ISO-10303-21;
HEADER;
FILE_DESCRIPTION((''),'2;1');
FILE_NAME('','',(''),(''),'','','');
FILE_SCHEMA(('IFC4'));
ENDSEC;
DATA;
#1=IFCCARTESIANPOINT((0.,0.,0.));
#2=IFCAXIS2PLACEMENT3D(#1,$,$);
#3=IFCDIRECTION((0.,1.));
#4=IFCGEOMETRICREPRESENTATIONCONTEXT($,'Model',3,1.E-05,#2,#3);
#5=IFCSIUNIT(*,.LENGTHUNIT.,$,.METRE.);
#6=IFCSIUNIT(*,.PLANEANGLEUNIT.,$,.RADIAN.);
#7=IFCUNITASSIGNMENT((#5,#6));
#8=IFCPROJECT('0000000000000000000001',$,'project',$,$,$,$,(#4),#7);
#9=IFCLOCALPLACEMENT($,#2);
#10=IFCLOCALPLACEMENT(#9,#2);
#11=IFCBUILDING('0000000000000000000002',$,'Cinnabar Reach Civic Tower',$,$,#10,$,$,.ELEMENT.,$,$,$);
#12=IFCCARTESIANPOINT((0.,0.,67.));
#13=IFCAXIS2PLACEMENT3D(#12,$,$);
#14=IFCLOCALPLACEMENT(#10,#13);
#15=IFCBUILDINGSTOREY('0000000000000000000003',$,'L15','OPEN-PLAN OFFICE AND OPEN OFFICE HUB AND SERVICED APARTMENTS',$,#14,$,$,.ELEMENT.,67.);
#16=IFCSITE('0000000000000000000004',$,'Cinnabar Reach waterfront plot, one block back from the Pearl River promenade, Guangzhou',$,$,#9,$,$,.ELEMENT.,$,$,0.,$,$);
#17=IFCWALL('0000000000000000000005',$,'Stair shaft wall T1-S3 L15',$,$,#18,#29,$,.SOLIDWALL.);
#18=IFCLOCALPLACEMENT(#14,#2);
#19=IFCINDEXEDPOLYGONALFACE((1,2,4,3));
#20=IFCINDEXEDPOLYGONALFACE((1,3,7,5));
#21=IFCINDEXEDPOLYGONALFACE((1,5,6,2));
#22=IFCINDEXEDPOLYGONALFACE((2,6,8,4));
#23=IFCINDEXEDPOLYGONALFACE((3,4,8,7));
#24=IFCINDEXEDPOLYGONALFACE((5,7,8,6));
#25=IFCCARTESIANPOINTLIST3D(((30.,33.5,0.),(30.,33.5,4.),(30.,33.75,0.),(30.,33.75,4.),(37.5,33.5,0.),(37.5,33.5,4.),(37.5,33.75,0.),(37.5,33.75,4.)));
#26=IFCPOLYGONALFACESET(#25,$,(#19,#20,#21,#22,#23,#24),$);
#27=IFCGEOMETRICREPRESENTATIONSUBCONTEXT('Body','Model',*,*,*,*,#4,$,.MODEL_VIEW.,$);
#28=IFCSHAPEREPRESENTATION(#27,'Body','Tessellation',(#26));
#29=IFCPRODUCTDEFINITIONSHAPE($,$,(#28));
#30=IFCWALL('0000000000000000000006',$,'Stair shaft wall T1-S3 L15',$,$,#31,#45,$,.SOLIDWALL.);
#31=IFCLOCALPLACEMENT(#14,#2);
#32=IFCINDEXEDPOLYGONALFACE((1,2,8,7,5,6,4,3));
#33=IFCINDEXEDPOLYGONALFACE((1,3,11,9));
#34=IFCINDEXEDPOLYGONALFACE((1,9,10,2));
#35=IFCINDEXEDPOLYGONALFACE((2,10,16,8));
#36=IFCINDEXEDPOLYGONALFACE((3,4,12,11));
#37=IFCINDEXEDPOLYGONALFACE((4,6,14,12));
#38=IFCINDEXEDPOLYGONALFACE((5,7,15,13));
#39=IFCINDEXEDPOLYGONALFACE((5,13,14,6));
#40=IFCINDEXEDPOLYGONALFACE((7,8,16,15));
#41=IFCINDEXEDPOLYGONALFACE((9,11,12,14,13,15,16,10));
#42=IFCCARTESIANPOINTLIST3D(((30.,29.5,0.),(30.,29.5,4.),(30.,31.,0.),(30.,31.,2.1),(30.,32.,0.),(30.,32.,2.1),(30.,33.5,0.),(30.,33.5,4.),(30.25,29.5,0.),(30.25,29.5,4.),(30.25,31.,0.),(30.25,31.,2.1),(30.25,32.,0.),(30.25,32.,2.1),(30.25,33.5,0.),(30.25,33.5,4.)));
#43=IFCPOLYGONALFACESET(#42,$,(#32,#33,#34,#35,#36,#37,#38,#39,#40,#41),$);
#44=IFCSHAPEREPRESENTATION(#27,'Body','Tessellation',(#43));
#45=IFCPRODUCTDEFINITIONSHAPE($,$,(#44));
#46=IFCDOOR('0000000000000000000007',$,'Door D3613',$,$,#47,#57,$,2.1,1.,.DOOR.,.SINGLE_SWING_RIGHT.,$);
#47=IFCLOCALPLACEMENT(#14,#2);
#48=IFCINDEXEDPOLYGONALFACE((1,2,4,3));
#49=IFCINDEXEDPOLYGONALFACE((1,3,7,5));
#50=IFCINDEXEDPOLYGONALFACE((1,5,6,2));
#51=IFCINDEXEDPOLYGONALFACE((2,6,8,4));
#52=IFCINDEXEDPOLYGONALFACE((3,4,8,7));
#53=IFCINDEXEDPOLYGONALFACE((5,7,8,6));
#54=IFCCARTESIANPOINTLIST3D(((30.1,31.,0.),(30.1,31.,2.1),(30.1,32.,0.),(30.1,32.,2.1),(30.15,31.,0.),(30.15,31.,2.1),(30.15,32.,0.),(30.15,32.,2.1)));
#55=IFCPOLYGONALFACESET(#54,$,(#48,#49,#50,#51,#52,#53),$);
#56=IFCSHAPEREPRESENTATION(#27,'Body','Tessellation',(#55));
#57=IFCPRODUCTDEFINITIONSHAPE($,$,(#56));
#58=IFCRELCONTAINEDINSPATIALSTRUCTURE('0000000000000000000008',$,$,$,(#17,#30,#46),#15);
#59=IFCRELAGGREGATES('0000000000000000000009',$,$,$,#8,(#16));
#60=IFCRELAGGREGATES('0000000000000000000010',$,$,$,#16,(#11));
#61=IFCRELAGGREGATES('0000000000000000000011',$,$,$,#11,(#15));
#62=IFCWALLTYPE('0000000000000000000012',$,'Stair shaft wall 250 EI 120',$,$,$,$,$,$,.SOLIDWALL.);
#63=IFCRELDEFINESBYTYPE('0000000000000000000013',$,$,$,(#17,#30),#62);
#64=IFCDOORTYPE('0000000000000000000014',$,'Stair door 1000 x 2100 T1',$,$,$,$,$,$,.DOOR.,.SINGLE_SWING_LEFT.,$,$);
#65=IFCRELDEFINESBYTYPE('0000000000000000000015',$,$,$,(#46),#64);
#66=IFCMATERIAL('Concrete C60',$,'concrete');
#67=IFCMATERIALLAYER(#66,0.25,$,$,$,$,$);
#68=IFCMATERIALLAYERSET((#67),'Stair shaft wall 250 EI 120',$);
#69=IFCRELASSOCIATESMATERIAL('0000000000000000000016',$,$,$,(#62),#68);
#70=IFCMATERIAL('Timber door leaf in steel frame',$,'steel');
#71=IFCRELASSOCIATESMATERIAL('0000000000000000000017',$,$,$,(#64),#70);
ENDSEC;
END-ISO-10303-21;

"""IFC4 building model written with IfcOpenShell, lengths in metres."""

from ifc_helpers import new_model, si_unit, direction, frame, frame_2d, origin, place, context, subcontext, project, spatial, rectangle, extrude, material, layer, layer_set, type_object, element, fill, save


model = new_model("IFC4")

# Units and contexts
model_context = context("Model", 3, precision=1e-05, world=origin(), true_north=direction((0.0, 1.0)))
body_context = subcontext(model_context, "Body", "Model", "MODEL_VIEW")
ifc_project = project(units=[si_unit("LENGTHUNIT", "METRE"), si_unit("PLANEANGLEUNIT", "RADIAN")], contexts=[model_context])

# Site, building, storey
site_placement = place(None, origin())
site = spatial("IfcSite", under=ifc_project, at=site_placement, Name="Cinnabar Reach waterfront plot, one block back from the Pearl River promenade, Guangzhou", CompositionType="ELEMENT", RefElevation=0.0)
building_placement = place(site_placement, origin())
building = spatial("IfcBuilding", under=site, at=building_placement, Name="Cinnabar Reach Civic Tower", CompositionType="ELEMENT")
storey_placement = place(building_placement, frame((0.0, 0.0, 67.0)))
storey = spatial("IfcBuildingStorey", under=building, at=storey_placement, Name="L15", Description="OPEN-PLAN OFFICE AND OPEN OFFICE HUB AND SERVICED APARTMENTS", CompositionType="ELEMENT", Elevation=67.0)

# Shared definitions
ifc_material_1 = material(Name="Timber door leaf in steel frame", Category="steel")

# Wall
ifc_material_2 = material(Name="Concrete C60", Category="concrete")
ifc_layer_1 = layer(ifc_material_2, 0.25)
ifc_layer_set_1 = layer_set([ifc_layer_1], Name="Stair shaft wall 250 EI 120")
wall_type_1 = type_object("IfcWallType", Name="Stair shaft wall 250 EI 120", PredefinedType="SOLIDWALL", material=ifc_layer_set_1)
wall_1_placement = place(storey_placement, frame((37.5, 33.625, 0.0), z_axis=(0.0, 0.0, 1.0), x_axis=(-1.0, 0.0, 0.0)))
element("IfcWall", 1, at=wall_1_placement, inside=storey, type_object=wall_type_1, Name="Stair shaft wall T1-S3 L15", PredefinedType="SOLIDWALL", context=body_context, shape_type="SweptSolid", body=[
    extrude(rectangle(XDim=7.5, YDim=0.25, at=frame_2d((3.75, 0.0))), origin(), (0.0, 0.0, 1.0), 4.0),
])

# Wall, opening, door
wall_2_placement = place(storey_placement, frame((30.125, 33.5, 0.0), z_axis=(0.0, 0.0, 1.0), x_axis=(0.0, -1.0, 0.0)))
wall_2 = element("IfcWall", 2, at=wall_2_placement, inside=storey, type_object=wall_type_1, Name="Stair shaft wall T1-S3 L15", PredefinedType="SOLIDWALL", context=body_context, shape_type="SweptSolid", body=[
    extrude(rectangle(XDim=4.0, YDim=0.25, at=frame_2d((2.0, 0.0))), origin(), (0.0, 0.0, 1.0), 4.0),
])
opening_1_placement = place(wall_2_placement, frame((1.5, 0.0, 0.0)))
opening_1 = element("IfcOpeningElement", 3, at=opening_1_placement, cuts=wall_2, PredefinedType="OPENING", context=body_context, shape_type="SweptSolid", body=[
    extrude(rectangle(XDim=1.0, YDim=2.1, at=frame_2d((0.5, 1.05))), frame((0.0, 0.135, 0.0), z_axis=(0.0, -1.0, 0.0), x_axis=(1.0, 0.0, 0.0)), (0.0, 0.0, 1.0), 0.27),
])
door_type_1 = type_object("IfcDoorType", Name="Stair door 1000 x 2100 T1", OperationType="SINGLE_SWING_LEFT", PredefinedType="DOOR", material=ifc_material_1)
door_1_placement = place(opening_1_placement, origin())
door_1 = element("IfcDoor", 4, at=door_1_placement, inside=storey, type_object=door_type_1, Name="Door D3613", OperationType="SINGLE_SWING_RIGHT", OverallHeight=2.1, OverallWidth=1.0, PredefinedType="DOOR", context=body_context, shape_type="SweptSolid", body=[
    extrude(rectangle(XDim=1.0, YDim=2.1, at=frame_2d((0.5, 1.05))), frame((0.0, 0.025, 0.0), z_axis=(0.0, -1.0, 0.0), x_axis=(1.0, 0.0, 0.0)), (0.0, 0.0, 1.0), 0.05),
])
fill(opening_1, door_1)

save(model, "model.ifc")
